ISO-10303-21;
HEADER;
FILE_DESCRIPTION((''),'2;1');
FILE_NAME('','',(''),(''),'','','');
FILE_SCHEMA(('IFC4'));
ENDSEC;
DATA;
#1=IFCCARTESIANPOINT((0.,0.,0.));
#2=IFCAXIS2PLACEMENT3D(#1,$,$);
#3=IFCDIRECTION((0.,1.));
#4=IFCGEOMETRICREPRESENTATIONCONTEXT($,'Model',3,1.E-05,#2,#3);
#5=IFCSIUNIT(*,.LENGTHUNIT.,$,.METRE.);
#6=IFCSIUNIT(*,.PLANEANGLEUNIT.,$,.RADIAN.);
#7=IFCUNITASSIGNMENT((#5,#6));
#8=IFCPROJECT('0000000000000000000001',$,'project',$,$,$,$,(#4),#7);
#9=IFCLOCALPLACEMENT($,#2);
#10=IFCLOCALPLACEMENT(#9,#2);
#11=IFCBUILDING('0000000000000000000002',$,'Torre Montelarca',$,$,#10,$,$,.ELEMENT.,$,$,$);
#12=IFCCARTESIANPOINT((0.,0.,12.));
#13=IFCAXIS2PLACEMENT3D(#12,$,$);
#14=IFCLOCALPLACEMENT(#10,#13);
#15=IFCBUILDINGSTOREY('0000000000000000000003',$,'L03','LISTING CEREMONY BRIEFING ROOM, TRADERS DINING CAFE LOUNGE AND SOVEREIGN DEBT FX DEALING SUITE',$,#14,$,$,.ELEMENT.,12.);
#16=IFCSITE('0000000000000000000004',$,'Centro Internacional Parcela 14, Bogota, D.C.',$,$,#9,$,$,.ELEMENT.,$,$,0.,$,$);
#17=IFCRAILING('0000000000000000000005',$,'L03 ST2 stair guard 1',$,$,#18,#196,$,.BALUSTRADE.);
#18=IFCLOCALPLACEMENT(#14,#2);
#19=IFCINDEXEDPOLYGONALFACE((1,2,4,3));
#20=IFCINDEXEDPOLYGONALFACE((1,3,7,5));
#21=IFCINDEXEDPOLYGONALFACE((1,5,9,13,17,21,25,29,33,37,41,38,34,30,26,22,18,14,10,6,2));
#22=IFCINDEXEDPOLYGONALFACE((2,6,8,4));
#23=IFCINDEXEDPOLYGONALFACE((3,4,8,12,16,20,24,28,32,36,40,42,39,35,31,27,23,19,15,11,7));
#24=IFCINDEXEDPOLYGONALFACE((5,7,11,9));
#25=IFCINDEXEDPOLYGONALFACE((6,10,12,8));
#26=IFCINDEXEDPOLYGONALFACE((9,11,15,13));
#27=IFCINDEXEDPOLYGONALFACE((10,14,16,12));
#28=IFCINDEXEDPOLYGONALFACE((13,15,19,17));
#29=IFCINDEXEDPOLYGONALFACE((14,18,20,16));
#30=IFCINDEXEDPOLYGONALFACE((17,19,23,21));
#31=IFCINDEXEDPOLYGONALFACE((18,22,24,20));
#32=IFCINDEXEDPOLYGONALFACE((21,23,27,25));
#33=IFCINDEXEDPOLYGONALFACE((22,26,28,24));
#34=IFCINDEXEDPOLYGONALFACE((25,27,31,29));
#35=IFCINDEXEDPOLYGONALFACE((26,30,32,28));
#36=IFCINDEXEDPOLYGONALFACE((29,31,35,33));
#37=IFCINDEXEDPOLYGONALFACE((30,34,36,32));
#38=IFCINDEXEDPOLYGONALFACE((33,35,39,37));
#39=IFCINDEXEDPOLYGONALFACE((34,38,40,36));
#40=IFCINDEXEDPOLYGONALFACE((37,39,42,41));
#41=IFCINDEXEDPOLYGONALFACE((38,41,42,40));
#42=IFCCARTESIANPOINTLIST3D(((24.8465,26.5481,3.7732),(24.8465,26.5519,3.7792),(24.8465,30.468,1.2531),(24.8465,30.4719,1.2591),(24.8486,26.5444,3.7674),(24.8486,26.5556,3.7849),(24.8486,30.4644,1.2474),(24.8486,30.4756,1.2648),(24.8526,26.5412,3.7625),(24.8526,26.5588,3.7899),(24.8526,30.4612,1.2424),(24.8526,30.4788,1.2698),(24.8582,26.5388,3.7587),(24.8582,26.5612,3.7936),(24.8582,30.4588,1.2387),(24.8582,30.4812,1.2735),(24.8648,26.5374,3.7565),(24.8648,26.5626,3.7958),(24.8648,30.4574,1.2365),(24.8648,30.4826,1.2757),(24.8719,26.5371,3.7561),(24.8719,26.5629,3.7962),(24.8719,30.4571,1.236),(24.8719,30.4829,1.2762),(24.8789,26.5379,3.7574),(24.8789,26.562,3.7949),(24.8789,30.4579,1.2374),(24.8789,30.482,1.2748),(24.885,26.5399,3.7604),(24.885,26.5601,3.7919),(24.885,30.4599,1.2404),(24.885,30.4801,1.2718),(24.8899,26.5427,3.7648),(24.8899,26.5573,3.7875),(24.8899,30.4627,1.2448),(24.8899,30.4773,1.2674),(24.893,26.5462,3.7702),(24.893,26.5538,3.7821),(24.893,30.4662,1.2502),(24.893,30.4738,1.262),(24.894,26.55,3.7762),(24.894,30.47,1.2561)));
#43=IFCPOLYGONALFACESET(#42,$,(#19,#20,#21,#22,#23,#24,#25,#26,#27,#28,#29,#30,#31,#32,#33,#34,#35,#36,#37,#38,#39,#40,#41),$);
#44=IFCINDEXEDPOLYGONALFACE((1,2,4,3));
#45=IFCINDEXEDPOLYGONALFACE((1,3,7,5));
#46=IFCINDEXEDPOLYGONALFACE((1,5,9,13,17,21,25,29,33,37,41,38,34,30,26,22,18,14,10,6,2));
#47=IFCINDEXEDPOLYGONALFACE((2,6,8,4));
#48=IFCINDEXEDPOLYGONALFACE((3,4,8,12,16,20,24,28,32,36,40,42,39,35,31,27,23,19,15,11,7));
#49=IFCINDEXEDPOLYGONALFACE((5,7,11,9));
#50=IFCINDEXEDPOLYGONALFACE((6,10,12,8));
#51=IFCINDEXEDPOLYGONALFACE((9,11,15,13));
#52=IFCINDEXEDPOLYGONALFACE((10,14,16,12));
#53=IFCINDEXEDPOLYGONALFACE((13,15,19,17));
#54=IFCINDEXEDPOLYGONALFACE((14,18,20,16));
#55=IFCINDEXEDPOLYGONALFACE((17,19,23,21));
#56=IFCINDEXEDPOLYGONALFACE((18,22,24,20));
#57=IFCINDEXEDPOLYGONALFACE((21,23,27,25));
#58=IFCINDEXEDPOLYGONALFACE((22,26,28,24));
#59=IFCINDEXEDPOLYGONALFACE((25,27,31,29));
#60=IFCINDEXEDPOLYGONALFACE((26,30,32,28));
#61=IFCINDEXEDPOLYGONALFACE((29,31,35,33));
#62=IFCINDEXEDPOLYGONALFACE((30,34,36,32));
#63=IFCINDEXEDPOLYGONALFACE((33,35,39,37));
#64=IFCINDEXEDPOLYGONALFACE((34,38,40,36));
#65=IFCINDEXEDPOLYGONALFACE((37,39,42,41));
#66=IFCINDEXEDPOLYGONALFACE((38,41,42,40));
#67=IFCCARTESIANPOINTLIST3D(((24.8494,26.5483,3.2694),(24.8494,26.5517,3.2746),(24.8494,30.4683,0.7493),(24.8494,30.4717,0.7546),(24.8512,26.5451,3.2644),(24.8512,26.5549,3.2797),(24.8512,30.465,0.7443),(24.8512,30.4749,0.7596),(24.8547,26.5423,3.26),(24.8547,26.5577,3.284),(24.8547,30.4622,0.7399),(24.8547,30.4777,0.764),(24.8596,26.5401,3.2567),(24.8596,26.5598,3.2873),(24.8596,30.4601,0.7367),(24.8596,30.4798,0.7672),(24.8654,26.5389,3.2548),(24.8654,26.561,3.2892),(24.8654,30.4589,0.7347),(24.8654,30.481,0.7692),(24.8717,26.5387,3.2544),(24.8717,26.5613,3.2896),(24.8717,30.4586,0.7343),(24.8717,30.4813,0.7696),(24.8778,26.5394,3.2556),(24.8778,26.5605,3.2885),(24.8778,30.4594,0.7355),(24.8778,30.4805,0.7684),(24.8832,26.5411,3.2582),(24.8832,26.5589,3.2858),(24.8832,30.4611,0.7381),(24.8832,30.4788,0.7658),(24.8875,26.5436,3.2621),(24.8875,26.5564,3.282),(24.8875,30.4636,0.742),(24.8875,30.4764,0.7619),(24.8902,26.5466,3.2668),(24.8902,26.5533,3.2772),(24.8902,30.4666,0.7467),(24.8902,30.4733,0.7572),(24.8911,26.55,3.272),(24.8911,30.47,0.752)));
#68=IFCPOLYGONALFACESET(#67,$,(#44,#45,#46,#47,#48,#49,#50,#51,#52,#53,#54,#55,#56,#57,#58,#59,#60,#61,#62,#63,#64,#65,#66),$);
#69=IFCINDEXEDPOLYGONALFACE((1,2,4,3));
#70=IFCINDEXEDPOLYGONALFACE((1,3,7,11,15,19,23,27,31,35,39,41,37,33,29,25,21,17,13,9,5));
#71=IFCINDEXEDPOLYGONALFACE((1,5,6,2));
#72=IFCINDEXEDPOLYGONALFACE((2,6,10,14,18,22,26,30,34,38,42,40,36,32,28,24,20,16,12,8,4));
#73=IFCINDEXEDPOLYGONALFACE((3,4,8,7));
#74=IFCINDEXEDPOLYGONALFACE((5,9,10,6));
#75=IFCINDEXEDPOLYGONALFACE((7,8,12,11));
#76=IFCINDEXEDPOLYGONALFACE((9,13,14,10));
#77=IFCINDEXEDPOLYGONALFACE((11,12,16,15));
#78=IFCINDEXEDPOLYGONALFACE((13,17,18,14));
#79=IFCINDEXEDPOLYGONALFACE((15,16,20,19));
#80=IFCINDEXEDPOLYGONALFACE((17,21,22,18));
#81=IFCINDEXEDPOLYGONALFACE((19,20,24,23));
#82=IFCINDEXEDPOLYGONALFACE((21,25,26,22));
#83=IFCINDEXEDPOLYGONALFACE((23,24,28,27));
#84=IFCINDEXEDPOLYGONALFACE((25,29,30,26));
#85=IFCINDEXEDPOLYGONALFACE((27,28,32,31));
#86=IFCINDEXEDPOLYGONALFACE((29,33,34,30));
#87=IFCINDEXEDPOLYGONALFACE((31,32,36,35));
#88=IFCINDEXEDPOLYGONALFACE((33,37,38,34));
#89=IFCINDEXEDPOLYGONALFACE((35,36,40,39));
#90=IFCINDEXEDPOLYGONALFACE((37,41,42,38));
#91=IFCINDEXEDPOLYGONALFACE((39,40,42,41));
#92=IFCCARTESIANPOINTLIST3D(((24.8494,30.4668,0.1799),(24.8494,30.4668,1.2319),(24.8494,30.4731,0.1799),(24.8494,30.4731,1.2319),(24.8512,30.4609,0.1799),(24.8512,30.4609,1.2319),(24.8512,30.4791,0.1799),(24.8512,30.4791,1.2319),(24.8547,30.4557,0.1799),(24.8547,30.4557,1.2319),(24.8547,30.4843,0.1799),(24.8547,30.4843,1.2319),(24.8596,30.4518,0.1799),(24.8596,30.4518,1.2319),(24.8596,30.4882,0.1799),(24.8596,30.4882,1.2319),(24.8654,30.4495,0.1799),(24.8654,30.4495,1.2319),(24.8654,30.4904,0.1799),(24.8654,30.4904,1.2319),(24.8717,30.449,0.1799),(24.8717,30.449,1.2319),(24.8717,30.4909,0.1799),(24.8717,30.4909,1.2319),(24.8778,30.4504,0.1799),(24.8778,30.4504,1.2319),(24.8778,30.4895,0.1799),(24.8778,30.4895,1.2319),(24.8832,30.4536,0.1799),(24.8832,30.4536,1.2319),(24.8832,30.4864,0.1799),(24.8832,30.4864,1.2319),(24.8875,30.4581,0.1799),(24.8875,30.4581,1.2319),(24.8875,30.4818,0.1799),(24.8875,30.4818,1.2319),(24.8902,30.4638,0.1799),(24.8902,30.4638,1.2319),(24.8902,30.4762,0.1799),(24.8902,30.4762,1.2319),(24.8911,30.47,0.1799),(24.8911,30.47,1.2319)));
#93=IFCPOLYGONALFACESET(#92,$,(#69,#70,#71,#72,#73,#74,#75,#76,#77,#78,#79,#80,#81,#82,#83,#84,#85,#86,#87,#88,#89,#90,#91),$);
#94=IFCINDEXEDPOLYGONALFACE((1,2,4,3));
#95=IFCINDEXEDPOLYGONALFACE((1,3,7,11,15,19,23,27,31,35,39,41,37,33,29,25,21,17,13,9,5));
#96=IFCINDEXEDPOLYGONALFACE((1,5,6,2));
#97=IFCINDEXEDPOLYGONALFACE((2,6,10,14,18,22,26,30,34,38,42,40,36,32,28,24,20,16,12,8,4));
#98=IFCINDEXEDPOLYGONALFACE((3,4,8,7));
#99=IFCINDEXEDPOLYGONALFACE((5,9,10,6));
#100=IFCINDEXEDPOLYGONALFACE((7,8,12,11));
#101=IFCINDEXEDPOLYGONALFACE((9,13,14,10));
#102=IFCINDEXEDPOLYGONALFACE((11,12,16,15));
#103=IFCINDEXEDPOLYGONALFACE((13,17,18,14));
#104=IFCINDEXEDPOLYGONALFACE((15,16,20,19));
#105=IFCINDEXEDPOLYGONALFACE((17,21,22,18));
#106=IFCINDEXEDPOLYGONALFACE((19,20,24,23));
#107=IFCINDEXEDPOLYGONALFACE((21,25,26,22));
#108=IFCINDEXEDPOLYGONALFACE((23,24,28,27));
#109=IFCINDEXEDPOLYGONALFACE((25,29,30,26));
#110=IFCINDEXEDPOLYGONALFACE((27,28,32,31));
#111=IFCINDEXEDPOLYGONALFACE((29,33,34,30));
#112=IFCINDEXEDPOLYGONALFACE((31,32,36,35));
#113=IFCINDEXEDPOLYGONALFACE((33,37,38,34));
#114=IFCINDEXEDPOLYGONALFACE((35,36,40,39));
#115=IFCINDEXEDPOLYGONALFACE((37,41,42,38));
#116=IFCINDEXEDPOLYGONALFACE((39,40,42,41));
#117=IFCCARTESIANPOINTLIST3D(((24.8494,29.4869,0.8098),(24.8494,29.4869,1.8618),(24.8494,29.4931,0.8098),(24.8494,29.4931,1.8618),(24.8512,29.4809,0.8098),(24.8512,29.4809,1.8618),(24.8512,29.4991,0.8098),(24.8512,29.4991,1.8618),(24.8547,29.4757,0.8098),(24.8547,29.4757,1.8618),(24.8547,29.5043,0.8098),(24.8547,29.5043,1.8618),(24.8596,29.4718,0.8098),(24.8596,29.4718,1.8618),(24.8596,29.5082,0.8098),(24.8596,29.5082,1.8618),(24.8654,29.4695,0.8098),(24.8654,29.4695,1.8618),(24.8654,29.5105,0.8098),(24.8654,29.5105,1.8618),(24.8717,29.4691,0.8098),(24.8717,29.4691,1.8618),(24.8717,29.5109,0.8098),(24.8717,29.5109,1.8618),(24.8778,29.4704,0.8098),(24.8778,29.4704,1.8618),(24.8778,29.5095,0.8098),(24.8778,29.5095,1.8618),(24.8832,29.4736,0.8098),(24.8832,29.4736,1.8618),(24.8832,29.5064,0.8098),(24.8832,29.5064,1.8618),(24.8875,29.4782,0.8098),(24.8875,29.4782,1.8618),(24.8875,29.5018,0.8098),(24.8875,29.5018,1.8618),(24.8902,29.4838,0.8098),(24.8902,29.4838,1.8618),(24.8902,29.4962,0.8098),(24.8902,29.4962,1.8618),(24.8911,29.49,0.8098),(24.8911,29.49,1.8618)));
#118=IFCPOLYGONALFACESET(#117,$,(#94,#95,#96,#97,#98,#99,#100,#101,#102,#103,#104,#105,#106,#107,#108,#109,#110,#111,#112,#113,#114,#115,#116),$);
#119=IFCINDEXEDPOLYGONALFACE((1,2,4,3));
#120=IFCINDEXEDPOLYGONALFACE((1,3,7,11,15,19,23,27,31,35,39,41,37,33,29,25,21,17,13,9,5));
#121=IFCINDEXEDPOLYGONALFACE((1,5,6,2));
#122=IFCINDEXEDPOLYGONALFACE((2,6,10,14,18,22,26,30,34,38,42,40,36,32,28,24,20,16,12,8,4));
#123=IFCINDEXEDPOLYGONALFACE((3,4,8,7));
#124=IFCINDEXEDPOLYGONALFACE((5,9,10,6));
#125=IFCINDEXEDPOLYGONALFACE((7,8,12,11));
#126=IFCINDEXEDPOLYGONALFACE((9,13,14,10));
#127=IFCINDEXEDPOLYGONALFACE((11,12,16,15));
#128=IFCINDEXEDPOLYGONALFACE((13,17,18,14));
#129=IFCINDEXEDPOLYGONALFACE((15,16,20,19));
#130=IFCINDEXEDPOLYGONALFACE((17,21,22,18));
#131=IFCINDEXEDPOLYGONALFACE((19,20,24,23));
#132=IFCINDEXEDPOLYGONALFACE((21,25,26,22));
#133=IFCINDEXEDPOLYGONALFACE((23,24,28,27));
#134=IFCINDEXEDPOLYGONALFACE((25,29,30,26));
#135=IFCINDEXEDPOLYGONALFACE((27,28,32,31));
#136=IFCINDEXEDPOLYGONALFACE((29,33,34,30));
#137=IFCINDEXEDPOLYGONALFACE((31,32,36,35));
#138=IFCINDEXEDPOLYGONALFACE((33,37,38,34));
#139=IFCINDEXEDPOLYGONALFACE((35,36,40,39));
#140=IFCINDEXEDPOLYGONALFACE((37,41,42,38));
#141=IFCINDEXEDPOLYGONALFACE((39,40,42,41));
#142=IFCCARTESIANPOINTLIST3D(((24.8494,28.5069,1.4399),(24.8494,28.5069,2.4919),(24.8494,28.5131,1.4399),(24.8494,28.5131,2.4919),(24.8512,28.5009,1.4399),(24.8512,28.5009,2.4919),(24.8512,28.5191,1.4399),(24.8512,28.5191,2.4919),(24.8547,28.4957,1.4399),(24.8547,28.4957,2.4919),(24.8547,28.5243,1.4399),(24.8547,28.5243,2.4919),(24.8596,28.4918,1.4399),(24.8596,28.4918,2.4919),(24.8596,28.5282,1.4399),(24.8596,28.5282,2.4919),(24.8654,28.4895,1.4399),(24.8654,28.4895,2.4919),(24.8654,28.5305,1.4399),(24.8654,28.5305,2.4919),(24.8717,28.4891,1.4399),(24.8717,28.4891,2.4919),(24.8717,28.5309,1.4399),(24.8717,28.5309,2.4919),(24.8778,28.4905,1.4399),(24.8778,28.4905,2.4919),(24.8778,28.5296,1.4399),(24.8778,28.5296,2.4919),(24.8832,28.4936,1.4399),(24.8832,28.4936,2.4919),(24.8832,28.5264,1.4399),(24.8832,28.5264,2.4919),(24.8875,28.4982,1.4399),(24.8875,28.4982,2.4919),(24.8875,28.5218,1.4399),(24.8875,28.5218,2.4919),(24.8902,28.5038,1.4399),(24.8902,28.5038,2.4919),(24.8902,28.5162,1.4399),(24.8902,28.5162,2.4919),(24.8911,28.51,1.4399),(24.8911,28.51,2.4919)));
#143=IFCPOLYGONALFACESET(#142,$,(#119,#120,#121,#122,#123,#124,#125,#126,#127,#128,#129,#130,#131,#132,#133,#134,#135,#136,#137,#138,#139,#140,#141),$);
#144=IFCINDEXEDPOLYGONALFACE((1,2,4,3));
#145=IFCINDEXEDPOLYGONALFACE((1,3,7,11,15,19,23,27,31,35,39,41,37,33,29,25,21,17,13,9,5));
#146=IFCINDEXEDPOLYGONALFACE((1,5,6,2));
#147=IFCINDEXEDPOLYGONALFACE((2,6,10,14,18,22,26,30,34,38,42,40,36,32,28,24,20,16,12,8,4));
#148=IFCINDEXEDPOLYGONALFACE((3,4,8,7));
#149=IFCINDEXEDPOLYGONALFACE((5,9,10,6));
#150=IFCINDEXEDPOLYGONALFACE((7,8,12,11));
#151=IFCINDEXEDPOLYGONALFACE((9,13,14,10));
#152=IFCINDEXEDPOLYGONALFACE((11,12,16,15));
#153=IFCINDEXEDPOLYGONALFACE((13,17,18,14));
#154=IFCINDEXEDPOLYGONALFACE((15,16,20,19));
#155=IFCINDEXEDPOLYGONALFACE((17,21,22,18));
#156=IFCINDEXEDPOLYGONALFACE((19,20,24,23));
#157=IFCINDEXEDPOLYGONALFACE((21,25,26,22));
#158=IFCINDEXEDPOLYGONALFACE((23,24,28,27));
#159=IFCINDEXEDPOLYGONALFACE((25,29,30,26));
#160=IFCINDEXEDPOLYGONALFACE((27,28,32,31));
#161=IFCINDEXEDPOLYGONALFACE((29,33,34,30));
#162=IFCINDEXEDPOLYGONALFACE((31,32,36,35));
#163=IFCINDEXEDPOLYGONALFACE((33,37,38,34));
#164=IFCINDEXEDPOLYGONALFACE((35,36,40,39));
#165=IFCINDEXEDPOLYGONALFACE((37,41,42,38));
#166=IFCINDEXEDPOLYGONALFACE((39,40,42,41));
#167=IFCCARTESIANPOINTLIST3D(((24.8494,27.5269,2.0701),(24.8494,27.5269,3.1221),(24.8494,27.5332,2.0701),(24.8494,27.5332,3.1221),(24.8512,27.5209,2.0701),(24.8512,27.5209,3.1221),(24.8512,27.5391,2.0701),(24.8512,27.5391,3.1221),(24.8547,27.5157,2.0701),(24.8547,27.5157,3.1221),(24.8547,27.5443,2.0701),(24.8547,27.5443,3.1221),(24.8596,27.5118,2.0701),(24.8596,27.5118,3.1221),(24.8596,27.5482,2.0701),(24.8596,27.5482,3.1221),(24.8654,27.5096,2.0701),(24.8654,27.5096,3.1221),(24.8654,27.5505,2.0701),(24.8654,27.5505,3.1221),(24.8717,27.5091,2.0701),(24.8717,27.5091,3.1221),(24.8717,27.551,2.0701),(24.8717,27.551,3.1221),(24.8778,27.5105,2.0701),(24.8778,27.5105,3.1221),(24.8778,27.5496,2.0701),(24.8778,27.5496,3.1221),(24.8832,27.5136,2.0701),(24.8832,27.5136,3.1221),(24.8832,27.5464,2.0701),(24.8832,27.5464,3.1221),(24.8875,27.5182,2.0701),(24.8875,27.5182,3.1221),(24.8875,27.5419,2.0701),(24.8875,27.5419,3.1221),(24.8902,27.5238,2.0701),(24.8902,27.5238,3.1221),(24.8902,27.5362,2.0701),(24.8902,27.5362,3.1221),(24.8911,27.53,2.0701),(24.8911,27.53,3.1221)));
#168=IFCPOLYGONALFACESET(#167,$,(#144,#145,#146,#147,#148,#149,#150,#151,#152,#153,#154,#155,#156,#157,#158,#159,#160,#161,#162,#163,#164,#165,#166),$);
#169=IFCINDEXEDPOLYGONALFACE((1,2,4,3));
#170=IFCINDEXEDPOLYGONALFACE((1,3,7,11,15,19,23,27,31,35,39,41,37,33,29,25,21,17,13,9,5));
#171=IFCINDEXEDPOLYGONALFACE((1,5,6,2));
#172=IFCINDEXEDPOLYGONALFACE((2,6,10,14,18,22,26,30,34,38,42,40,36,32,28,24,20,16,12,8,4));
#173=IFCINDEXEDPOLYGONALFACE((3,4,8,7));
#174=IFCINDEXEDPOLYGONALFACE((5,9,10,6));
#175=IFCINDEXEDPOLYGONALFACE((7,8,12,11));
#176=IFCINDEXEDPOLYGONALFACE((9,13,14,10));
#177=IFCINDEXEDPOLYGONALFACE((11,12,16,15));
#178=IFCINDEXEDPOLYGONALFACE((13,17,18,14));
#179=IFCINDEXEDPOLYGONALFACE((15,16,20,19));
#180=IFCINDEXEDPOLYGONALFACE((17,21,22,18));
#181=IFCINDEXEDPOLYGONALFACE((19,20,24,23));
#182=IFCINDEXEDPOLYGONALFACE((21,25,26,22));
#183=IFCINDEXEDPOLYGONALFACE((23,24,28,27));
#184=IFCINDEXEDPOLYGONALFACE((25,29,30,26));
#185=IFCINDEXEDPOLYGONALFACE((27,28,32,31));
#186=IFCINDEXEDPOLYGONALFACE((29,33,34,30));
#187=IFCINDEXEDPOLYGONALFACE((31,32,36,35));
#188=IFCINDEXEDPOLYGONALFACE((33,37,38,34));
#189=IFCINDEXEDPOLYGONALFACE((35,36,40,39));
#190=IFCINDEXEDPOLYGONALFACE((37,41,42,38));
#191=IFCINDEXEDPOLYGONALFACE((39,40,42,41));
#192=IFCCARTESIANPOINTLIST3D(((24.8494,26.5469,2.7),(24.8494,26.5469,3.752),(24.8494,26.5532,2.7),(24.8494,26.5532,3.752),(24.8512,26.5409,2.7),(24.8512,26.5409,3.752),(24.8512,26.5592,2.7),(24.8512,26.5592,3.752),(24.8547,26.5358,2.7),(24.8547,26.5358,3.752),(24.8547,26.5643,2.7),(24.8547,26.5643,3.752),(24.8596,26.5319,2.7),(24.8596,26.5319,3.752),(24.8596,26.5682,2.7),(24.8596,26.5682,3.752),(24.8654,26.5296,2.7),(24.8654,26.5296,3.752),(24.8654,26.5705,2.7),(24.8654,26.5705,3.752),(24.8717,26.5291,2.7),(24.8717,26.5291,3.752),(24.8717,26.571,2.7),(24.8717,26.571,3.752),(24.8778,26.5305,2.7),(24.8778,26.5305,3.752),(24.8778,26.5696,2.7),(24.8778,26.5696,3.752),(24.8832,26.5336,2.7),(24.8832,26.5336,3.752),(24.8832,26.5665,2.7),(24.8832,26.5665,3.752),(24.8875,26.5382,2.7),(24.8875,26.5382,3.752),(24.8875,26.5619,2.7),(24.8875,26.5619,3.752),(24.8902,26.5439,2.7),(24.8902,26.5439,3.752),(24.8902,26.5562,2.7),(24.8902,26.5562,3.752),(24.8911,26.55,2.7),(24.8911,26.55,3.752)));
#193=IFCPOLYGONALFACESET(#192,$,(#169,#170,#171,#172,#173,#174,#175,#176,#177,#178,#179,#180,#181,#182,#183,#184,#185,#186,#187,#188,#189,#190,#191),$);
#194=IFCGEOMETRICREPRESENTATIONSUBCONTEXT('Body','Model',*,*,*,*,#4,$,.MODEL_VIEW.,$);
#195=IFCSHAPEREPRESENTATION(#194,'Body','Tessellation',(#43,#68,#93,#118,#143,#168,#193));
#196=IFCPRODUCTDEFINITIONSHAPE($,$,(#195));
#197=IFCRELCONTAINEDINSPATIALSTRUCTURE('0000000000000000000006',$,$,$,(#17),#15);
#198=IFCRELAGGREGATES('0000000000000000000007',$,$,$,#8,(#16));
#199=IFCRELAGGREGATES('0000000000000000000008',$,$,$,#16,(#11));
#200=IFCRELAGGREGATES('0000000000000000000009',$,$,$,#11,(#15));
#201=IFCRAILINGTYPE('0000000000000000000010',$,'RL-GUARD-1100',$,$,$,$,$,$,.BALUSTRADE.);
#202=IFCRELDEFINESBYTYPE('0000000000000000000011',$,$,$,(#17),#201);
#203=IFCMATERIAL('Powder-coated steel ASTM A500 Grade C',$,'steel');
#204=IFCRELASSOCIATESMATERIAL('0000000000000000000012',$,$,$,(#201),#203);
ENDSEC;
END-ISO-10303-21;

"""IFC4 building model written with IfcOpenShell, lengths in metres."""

from ifc_helpers import new_model, si_unit, direction, frame, origin, origin_2d, place, context, subcontext, project, spatial, circle, extrude, material, type_object, element, save


model = new_model("IFC4")

# Units and contexts
model_context = context("Model", 3, precision=1e-05, world=origin(), true_north=direction((0.0, 1.0)))
body_context = subcontext(model_context, "Body", "Model", "MODEL_VIEW")
ifc_project = project(units=[si_unit("LENGTHUNIT", "METRE"), si_unit("PLANEANGLEUNIT", "RADIAN")], contexts=[model_context])

# Site, building, storey
site_placement = place(None, origin())
site = spatial("IfcSite", under=ifc_project, at=site_placement, Name="Centro Internacional Parcela 14, Bogota, D.C.", CompositionType="ELEMENT", RefElevation=0.0)
building_placement = place(site_placement, origin())
building = spatial("IfcBuilding", under=site, at=building_placement, Name="Torre Montelarca", CompositionType="ELEMENT")
storey_placement = place(building_placement, frame((0.0, 0.0, 12.0)))
storey = spatial("IfcBuildingStorey", under=building, at=storey_placement, Name="L03", Description="LISTING CEREMONY BRIEFING ROOM, TRADERS DINING CAFE LOUNGE AND SOVEREIGN DEBT FX DEALING SUITE", CompositionType="ELEMENT", Elevation=12.0)

# Railing
ifc_material_1 = material(Name="Powder-coated steel ASTM A500 Grade C", Category="steel")
railing_type_1 = type_object("IfcRailingType", Name="RL-GUARD-1100", PredefinedType="BALUSTRADE", material=ifc_material_1)
railing_1_placement = place(storey_placement, frame((24.8701, 30.47, 0.1799)))
element("IfcRailing", 1, at=railing_1_placement, inside=storey, type_object=railing_type_1, Name="L03 ST2 stair guard 1", PredefinedType="BALUSTRADE", context=body_context, shape_type="SweptSolid", body=[
    extrude(circle(Radius=0.0239, at=origin_2d()), frame((0.0, 0.0, 1.0762), z_axis=(0.0, -0.841172, 0.540768), x_axis=(1.0, 0.0, 0.0)), (0.0, 0.0, 1.0), 4.6602),
    extrude(circle(Radius=0.021, at=origin_2d()), frame((0.0, 0.0, 0.572), z_axis=(0.0, -0.841172, 0.540768), x_axis=(1.0, 0.0, 0.0)), (0.0, 0.0, 1.0), 4.6602),
    extrude(circle(Radius=0.021, at=origin_2d()), origin(), (0.0, 0.0, 1.0), 1.052),
    extrude(circle(Radius=0.021, at=origin_2d()), frame((0.0, -0.98, 0.6299)), (0.0, 0.0, 1.0), 1.052),
    extrude(circle(Radius=0.021, at=origin_2d()), frame((0.0, -1.96, 1.26)), (0.0, 0.0, 1.0), 1.052),
    extrude(circle(Radius=0.021, at=origin_2d()), frame((0.0, -2.9399, 1.8901)), (0.0, 0.0, 1.0), 1.052),
    extrude(circle(Radius=0.021, at=origin_2d()), frame((0.0, -3.9199, 2.52)), (0.0, 0.0, 1.0), 1.052),
])

save(model, "model.ifc")
